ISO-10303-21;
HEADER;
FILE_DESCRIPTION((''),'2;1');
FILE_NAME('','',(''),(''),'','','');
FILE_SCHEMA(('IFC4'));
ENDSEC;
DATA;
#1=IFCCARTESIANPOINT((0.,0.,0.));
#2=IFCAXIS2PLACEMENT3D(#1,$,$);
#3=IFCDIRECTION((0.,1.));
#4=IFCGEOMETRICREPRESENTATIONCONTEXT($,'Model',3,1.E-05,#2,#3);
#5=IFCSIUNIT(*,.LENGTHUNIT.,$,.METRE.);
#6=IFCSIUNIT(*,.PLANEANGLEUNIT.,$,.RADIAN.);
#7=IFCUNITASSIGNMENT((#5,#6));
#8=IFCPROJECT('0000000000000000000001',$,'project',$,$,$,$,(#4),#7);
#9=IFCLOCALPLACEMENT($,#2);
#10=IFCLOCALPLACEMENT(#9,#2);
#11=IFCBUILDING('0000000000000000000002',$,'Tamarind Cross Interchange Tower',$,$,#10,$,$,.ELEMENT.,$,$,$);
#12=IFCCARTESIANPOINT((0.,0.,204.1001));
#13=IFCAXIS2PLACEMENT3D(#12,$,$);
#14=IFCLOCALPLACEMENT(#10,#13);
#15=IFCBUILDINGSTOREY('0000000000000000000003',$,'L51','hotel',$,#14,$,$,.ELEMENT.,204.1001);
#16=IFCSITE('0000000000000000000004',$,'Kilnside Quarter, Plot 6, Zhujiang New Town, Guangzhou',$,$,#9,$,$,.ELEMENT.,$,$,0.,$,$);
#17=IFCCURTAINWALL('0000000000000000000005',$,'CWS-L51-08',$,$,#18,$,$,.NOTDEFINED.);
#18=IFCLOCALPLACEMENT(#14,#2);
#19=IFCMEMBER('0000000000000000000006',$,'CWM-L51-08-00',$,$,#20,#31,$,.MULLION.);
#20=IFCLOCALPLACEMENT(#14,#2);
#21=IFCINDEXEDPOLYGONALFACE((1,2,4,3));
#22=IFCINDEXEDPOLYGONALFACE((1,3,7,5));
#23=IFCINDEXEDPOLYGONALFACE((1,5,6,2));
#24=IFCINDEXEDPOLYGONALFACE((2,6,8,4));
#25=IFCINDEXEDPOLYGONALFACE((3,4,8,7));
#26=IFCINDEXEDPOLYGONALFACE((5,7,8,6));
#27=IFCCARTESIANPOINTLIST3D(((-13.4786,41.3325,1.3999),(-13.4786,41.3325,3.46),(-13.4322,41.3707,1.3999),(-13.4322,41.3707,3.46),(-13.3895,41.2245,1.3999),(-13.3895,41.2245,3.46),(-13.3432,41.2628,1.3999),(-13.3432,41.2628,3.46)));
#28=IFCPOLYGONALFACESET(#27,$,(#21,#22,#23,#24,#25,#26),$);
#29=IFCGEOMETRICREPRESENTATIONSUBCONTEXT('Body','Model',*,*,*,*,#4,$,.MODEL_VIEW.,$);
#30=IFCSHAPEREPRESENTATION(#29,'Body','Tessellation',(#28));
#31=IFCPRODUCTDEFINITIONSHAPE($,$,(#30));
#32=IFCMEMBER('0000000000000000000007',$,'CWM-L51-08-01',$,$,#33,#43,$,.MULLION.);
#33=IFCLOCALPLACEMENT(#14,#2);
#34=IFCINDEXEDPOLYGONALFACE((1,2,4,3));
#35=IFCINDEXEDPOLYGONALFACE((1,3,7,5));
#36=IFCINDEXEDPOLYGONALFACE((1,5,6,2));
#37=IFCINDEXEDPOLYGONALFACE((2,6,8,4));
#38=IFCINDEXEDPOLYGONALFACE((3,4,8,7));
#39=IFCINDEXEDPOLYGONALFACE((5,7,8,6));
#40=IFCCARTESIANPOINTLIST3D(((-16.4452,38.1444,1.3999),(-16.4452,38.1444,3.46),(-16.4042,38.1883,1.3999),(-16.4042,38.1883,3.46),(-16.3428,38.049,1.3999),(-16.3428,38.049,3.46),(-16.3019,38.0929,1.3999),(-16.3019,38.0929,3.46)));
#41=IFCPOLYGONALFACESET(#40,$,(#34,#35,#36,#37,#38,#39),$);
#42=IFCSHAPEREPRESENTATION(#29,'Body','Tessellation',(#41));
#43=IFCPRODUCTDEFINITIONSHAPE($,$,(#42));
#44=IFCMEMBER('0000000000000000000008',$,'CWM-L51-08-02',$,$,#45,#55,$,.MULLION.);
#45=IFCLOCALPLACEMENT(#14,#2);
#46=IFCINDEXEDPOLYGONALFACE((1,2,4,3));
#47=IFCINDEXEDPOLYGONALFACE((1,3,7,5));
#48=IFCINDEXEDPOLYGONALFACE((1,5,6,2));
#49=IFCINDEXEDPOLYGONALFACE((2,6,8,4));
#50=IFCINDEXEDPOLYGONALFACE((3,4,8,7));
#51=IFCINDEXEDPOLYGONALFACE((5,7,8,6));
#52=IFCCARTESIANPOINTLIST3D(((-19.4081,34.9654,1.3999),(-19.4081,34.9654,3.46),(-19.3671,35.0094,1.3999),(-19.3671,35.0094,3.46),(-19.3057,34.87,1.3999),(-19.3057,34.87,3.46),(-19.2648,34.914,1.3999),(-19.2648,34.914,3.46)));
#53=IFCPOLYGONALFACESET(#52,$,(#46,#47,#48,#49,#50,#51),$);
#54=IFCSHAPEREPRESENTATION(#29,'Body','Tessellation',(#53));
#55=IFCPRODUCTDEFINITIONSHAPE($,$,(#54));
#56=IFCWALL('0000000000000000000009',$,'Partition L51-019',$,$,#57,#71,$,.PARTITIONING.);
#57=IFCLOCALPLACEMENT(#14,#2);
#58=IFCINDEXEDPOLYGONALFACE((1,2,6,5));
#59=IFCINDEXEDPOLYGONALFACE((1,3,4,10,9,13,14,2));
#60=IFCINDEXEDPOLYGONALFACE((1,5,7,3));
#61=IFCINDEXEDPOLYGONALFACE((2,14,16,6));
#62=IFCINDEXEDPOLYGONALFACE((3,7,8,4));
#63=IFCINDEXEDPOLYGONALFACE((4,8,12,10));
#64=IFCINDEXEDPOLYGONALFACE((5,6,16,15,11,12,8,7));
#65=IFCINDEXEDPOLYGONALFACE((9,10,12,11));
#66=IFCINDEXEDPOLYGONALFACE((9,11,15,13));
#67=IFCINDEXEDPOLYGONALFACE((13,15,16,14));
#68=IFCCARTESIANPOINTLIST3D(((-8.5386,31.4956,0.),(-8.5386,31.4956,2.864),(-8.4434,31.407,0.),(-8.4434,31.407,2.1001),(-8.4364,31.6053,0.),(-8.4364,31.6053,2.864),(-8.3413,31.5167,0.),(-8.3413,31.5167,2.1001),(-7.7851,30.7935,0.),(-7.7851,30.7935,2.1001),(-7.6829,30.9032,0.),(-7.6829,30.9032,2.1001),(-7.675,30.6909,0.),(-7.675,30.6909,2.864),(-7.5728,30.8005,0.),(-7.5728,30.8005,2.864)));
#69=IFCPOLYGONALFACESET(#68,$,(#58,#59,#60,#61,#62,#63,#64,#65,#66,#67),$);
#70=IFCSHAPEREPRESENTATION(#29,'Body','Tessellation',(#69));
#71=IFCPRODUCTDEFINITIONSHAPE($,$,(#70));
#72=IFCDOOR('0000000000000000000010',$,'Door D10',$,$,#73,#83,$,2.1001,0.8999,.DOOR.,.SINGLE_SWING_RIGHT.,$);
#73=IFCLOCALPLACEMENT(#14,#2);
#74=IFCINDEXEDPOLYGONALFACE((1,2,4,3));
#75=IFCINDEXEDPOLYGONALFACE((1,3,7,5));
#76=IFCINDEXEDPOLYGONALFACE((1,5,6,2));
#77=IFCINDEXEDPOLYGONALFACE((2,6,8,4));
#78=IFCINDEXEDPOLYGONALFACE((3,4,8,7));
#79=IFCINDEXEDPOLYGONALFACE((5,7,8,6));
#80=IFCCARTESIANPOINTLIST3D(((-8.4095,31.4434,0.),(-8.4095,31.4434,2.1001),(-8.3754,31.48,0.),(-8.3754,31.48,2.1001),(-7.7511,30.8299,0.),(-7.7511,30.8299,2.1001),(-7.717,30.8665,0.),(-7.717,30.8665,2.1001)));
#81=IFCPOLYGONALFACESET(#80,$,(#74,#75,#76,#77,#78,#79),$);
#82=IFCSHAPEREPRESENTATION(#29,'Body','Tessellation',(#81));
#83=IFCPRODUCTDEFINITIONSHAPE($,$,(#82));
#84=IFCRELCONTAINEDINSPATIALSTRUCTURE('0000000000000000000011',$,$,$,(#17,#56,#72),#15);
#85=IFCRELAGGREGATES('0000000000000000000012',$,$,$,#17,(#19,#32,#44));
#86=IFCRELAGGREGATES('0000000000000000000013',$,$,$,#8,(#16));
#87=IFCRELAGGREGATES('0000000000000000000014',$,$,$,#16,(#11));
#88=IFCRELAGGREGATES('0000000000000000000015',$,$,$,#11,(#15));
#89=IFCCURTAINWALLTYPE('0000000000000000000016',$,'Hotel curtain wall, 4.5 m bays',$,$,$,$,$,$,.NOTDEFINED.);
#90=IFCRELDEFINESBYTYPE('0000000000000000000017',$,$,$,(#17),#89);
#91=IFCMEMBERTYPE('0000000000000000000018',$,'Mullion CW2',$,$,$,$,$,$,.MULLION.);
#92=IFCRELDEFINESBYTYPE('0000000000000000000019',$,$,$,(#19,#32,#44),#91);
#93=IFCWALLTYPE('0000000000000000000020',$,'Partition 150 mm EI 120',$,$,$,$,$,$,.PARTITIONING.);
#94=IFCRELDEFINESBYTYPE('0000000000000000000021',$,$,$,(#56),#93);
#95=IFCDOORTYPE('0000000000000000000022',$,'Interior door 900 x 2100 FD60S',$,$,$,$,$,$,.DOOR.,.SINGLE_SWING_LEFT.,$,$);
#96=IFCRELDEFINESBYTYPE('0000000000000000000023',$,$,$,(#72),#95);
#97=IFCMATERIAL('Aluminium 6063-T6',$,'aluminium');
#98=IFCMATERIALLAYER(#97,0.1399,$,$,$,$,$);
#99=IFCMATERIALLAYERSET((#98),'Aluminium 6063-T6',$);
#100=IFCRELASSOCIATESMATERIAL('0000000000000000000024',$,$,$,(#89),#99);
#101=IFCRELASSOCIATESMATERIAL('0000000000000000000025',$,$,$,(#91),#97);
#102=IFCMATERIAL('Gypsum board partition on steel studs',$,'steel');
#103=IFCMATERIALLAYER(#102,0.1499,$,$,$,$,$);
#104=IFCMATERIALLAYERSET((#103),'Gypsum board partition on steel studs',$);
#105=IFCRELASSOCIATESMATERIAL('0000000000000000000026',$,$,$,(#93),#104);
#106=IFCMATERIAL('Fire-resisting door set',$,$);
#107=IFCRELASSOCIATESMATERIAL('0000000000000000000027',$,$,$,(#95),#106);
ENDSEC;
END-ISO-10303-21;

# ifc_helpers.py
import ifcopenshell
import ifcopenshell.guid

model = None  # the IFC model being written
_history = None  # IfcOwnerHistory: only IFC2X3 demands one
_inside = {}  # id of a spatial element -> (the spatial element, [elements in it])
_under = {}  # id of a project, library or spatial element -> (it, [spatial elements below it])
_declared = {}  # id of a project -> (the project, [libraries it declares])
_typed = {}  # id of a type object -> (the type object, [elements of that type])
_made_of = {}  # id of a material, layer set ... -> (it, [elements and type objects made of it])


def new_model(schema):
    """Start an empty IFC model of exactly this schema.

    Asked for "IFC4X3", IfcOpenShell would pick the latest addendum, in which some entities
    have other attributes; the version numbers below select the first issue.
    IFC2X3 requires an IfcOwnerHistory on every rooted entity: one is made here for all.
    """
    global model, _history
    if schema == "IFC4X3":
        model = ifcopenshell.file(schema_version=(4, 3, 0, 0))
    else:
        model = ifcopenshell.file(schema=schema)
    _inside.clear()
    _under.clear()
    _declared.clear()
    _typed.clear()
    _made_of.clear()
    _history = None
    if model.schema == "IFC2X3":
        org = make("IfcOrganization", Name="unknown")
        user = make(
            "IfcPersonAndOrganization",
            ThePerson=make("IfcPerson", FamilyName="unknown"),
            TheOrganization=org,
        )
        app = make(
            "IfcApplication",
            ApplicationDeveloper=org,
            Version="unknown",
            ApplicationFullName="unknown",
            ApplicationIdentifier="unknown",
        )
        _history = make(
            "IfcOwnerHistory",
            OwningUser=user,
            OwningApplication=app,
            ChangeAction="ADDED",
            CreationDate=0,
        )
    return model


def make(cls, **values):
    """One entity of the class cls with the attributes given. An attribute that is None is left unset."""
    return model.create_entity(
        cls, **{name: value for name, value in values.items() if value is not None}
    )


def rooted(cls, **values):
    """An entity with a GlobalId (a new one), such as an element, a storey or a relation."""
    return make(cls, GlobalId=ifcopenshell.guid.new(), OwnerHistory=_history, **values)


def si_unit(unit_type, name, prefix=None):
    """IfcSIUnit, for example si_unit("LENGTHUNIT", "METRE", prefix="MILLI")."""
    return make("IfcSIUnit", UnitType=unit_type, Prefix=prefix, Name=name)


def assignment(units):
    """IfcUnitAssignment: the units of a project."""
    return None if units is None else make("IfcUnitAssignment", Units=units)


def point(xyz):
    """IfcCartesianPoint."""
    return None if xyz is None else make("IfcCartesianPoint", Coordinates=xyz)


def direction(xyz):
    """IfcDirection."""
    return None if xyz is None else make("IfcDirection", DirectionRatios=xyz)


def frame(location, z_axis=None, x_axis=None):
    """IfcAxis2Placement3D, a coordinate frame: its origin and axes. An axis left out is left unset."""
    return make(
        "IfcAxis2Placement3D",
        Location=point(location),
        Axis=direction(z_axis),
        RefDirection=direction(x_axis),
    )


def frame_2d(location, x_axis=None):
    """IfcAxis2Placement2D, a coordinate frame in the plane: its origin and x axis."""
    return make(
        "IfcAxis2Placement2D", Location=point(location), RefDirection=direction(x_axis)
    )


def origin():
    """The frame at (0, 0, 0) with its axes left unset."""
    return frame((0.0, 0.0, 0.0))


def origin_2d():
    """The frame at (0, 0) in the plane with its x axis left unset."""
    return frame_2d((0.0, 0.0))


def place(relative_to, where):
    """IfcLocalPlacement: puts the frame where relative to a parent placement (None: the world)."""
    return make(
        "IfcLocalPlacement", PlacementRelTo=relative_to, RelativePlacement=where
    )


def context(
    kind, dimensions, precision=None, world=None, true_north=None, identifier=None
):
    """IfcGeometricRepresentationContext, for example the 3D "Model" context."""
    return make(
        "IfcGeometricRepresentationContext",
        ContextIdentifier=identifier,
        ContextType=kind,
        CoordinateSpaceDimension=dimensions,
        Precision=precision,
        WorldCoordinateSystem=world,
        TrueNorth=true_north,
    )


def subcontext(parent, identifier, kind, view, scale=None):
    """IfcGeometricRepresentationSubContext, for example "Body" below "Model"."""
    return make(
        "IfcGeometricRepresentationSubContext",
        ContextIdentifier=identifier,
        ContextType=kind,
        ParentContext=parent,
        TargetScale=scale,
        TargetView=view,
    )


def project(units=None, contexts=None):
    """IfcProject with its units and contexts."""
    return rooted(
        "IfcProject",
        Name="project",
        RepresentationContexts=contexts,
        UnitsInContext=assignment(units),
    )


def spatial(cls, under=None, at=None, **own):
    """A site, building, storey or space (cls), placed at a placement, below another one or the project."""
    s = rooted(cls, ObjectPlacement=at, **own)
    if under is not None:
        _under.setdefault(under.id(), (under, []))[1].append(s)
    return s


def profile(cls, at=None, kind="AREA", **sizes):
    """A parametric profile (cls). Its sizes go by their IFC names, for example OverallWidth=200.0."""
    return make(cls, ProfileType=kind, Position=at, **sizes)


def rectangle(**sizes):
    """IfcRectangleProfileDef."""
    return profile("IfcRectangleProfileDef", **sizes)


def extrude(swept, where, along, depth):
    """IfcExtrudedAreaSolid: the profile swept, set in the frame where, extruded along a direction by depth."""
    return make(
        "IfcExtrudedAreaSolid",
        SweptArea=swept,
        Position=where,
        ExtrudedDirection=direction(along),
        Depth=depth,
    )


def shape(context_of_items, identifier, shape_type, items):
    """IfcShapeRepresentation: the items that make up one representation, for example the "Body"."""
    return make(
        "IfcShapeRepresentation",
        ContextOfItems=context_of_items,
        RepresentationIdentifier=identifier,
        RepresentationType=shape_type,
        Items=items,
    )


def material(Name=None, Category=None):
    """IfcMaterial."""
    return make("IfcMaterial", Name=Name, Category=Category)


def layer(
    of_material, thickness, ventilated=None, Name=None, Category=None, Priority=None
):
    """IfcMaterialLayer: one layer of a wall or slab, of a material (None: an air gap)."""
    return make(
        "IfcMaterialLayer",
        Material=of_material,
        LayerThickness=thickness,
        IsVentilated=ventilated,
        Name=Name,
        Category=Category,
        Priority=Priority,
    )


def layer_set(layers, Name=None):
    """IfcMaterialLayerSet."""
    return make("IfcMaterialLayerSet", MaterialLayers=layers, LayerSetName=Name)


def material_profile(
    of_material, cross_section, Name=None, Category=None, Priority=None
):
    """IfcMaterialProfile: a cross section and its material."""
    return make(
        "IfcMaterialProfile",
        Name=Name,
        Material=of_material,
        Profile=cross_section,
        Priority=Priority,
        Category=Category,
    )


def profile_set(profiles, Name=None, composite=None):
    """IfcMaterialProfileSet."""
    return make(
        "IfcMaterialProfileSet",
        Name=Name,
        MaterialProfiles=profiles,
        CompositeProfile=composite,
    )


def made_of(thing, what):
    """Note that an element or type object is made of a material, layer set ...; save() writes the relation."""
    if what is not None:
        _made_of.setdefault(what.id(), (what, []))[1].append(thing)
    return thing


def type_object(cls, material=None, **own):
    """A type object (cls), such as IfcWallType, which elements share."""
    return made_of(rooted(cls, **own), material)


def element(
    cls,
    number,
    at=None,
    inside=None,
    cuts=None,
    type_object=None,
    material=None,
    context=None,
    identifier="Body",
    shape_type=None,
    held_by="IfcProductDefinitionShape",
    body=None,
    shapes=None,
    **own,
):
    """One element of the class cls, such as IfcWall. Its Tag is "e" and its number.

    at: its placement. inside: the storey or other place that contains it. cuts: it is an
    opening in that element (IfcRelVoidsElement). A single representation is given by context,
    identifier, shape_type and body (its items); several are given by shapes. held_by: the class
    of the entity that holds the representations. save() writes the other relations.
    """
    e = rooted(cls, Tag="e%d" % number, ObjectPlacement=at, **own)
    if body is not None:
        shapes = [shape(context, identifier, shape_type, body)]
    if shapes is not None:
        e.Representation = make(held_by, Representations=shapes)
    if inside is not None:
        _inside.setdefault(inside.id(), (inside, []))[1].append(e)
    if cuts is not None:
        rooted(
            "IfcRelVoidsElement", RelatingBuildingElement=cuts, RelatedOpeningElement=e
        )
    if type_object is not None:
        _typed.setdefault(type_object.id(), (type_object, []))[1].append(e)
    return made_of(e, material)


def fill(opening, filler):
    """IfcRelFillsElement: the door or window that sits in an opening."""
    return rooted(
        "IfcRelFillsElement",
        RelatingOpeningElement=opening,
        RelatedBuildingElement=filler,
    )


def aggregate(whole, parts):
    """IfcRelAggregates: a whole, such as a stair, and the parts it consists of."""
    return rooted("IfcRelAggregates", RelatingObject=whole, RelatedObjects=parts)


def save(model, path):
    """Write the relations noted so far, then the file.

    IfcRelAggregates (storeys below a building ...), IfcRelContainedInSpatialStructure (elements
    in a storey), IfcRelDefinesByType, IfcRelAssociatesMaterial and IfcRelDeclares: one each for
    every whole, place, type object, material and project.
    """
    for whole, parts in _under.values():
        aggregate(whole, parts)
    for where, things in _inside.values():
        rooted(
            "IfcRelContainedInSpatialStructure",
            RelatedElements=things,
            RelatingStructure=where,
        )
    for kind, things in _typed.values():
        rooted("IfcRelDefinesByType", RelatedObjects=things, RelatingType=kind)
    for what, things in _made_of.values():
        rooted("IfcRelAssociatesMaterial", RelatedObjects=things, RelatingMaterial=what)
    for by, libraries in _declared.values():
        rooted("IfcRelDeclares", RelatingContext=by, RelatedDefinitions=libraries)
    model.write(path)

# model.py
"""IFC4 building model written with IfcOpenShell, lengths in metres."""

from ifc_helpers import new_model, si_unit, direction, frame, frame_2d, origin, origin_2d, place, context, subcontext, project, spatial, rectangle, extrude, material, layer, layer_set, material_profile, profile_set, type_object, element, fill, aggregate, save


model = new_model("IFC4")

# Units and contexts
model_context = context("Model", 3, precision=1e-05, world=origin(), true_north=direction((0.0, 1.0)))
body_context = subcontext(model_context, "Body", "Model", "MODEL_VIEW")
ifc_project = project(units=[si_unit("LENGTHUNIT", "METRE"), si_unit("PLANEANGLEUNIT", "RADIAN")], contexts=[model_context])

# Site, building, storey
site_placement = place(None, origin())
site = spatial("IfcSite", under=ifc_project, at=site_placement, Name="Kilnside Quarter, Plot 6, Zhujiang New Town, Guangzhou", CompositionType="ELEMENT", RefElevation=0.0)
building_placement = place(site_placement, origin())
building = spatial("IfcBuilding", under=site, at=building_placement, Name="Tamarind Cross Interchange Tower", CompositionType="ELEMENT")
storey_placement = place(building_placement, frame((0.0, 0.0, 204.1001)))
storey = spatial("IfcBuildingStorey", under=building, at=storey_placement, Name="L51", Description="hotel", CompositionType="ELEMENT", Elevation=204.1001)

# Curtain wall, members
ifc_material_1 = material(Name="Aluminium 6063-T6", Category="aluminium")
ifc_layer_1 = layer(ifc_material_1, 0.1399)
ifc_layer_set_1 = layer_set([ifc_layer_1], Name="Aluminium 6063-T6")
curtain_wall_type = type_object("IfcCurtainWallType", Name="Hotel curtain wall, 4.5 m bays", PredefinedType="NOTDEFINED", material=ifc_layer_set_1)
curtain_wall_placement = place(storey_placement, origin())
curtain_wall = element("IfcCurtainWall", 1, at=curtain_wall_placement, inside=storey, type_object=curtain_wall_type, Name="CWS-L51-08", PredefinedType="NOTDEFINED")
ifc_material_profile_1 = material_profile(ifc_material_1, rectangle(XDim=0.0601, YDim=0.1399, at=origin_2d()), Name="Mullion CW2")
ifc_profile_set_1 = profile_set([ifc_material_profile_1], Name="Aluminium 6063-T6")
member_type = type_object("IfcMemberType", Name="Mullion CW2", PredefinedType="MULLION", material=ifc_profile_set_1)
member_1_placement = place(storey_placement, frame((-13.4109, 41.2976, 1.3999), z_axis=(0.0, 0.0, 1.0), x_axis=(-0.771447, -0.636294, 0.0)))
member_1 = element("IfcMember", 2, at=member_1_placement, type_object=member_type, Name="CWM-L51-08-00", PredefinedType="MULLION", context=body_context, shape_type="SweptSolid", body=[
    extrude(rectangle(XDim=0.0601, YDim=0.1399, at=origin_2d()), origin(), (0.0, 0.0, 1.0), 2.0601),
])
member_2_placement = place(storey_placement, frame((-16.3735, 38.1187, 1.3999), z_axis=(0.0, 0.0, 1.0), x_axis=(-0.681794, -0.731544, 0.0)))
member_2 = element("IfcMember", 3, at=member_2_placement, type_object=member_type, Name="CWM-L51-08-01", PredefinedType="MULLION", context=body_context, shape_type="SweptSolid", body=[
    extrude(rectangle(XDim=0.0601, YDim=0.1399, at=origin_2d()), origin(), (0.0, 0.0, 1.0), 2.0601),
])
member_3_placement = place(storey_placement, frame((-19.3364, 34.9397, 1.3999), z_axis=(0.0, 0.0, 1.0), x_axis=(-0.681794, -0.731544, 0.0)))
member_3 = element("IfcMember", 4, at=member_3_placement, type_object=member_type, Name="CWM-L51-08-02", PredefinedType="MULLION", context=body_context, shape_type="SweptSolid", body=[
    extrude(rectangle(XDim=0.0601, YDim=0.1399, at=origin_2d()), origin(), (0.0, 0.0, 1.0), 2.0601),
])
aggregate(curtain_wall, [member_1, member_2, member_3])

# Wall, opening, door
ifc_material_2 = material(Name="Gypsum board partition on steel studs", Category="steel")
ifc_layer_2 = layer(ifc_material_2, 0.1499)
ifc_layer_set_2 = layer_set([ifc_layer_2], Name="Gypsum board partition on steel studs")
wall_type = type_object("IfcWallType", Name="Partition 150 mm EI 120", PredefinedType="PARTITIONING", material=ifc_layer_set_2)
wall_placement = place(storey_placement, frame((-8.4875, 31.5505, 0.0), z_axis=(0.0, 0.0, 1.0), x_axis=(0.731592, -0.681743, 0.0)))
wall = element("IfcWall", 5, at=wall_placement, inside=storey, type_object=wall_type, Name="Partition L51-019", PredefinedType="PARTITIONING", context=body_context, shape_type="SweptSolid", body=[
    extrude(rectangle(XDim=1.1804, YDim=0.1499, at=frame_2d((0.5903, 0.0))), origin(), (0.0, 0.0, 1.0), 2.864),
])
opening_placement = place(wall_placement, frame((0.1301, 0.0, 0.0)))
opening = element("IfcOpeningElement", 6, at=opening_placement, cuts=wall, PredefinedType="OPENING", context=body_context, shape_type="SweptSolid", body=[
    extrude(rectangle(XDim=0.8999, YDim=2.1001, at=frame_2d((0.45, 1.05))), frame((0.0, 0.085, 0.0), z_axis=(0.0, -1.0, 0.0), x_axis=(1.0, 0.0, 0.0)), (0.0, 0.0, 1.0), 0.1699),
])
ifc_material_3 = material(Name="Fire-resisting door set")
door_type = type_object("IfcDoorType", Name="Interior door 900 x 2100 FD60S", OperationType="SINGLE_SWING_LEFT", PredefinedType="DOOR", material=ifc_material_3)
door_placement = place(opening_placement, origin())
door = element("IfcDoor", 7, at=door_placement, inside=storey, type_object=door_type, Name="Door D10", OperationType="SINGLE_SWING_RIGHT", OverallHeight=2.1001, OverallWidth=0.8999, PredefinedType="DOOR", context=body_context, shape_type="SweptSolid", body=[
    extrude(rectangle(XDim=0.8999, YDim=2.1001, at=frame_2d((0.45, 1.05))), frame((0.0, 0.0249, 0.0), z_axis=(0.0, -1.0, 0.0), x_axis=(1.0, 0.0, 0.0)), (0.0, 0.0, 1.0), 0.05),
])
fill(opening, door)

save(model, "model.ifc")
